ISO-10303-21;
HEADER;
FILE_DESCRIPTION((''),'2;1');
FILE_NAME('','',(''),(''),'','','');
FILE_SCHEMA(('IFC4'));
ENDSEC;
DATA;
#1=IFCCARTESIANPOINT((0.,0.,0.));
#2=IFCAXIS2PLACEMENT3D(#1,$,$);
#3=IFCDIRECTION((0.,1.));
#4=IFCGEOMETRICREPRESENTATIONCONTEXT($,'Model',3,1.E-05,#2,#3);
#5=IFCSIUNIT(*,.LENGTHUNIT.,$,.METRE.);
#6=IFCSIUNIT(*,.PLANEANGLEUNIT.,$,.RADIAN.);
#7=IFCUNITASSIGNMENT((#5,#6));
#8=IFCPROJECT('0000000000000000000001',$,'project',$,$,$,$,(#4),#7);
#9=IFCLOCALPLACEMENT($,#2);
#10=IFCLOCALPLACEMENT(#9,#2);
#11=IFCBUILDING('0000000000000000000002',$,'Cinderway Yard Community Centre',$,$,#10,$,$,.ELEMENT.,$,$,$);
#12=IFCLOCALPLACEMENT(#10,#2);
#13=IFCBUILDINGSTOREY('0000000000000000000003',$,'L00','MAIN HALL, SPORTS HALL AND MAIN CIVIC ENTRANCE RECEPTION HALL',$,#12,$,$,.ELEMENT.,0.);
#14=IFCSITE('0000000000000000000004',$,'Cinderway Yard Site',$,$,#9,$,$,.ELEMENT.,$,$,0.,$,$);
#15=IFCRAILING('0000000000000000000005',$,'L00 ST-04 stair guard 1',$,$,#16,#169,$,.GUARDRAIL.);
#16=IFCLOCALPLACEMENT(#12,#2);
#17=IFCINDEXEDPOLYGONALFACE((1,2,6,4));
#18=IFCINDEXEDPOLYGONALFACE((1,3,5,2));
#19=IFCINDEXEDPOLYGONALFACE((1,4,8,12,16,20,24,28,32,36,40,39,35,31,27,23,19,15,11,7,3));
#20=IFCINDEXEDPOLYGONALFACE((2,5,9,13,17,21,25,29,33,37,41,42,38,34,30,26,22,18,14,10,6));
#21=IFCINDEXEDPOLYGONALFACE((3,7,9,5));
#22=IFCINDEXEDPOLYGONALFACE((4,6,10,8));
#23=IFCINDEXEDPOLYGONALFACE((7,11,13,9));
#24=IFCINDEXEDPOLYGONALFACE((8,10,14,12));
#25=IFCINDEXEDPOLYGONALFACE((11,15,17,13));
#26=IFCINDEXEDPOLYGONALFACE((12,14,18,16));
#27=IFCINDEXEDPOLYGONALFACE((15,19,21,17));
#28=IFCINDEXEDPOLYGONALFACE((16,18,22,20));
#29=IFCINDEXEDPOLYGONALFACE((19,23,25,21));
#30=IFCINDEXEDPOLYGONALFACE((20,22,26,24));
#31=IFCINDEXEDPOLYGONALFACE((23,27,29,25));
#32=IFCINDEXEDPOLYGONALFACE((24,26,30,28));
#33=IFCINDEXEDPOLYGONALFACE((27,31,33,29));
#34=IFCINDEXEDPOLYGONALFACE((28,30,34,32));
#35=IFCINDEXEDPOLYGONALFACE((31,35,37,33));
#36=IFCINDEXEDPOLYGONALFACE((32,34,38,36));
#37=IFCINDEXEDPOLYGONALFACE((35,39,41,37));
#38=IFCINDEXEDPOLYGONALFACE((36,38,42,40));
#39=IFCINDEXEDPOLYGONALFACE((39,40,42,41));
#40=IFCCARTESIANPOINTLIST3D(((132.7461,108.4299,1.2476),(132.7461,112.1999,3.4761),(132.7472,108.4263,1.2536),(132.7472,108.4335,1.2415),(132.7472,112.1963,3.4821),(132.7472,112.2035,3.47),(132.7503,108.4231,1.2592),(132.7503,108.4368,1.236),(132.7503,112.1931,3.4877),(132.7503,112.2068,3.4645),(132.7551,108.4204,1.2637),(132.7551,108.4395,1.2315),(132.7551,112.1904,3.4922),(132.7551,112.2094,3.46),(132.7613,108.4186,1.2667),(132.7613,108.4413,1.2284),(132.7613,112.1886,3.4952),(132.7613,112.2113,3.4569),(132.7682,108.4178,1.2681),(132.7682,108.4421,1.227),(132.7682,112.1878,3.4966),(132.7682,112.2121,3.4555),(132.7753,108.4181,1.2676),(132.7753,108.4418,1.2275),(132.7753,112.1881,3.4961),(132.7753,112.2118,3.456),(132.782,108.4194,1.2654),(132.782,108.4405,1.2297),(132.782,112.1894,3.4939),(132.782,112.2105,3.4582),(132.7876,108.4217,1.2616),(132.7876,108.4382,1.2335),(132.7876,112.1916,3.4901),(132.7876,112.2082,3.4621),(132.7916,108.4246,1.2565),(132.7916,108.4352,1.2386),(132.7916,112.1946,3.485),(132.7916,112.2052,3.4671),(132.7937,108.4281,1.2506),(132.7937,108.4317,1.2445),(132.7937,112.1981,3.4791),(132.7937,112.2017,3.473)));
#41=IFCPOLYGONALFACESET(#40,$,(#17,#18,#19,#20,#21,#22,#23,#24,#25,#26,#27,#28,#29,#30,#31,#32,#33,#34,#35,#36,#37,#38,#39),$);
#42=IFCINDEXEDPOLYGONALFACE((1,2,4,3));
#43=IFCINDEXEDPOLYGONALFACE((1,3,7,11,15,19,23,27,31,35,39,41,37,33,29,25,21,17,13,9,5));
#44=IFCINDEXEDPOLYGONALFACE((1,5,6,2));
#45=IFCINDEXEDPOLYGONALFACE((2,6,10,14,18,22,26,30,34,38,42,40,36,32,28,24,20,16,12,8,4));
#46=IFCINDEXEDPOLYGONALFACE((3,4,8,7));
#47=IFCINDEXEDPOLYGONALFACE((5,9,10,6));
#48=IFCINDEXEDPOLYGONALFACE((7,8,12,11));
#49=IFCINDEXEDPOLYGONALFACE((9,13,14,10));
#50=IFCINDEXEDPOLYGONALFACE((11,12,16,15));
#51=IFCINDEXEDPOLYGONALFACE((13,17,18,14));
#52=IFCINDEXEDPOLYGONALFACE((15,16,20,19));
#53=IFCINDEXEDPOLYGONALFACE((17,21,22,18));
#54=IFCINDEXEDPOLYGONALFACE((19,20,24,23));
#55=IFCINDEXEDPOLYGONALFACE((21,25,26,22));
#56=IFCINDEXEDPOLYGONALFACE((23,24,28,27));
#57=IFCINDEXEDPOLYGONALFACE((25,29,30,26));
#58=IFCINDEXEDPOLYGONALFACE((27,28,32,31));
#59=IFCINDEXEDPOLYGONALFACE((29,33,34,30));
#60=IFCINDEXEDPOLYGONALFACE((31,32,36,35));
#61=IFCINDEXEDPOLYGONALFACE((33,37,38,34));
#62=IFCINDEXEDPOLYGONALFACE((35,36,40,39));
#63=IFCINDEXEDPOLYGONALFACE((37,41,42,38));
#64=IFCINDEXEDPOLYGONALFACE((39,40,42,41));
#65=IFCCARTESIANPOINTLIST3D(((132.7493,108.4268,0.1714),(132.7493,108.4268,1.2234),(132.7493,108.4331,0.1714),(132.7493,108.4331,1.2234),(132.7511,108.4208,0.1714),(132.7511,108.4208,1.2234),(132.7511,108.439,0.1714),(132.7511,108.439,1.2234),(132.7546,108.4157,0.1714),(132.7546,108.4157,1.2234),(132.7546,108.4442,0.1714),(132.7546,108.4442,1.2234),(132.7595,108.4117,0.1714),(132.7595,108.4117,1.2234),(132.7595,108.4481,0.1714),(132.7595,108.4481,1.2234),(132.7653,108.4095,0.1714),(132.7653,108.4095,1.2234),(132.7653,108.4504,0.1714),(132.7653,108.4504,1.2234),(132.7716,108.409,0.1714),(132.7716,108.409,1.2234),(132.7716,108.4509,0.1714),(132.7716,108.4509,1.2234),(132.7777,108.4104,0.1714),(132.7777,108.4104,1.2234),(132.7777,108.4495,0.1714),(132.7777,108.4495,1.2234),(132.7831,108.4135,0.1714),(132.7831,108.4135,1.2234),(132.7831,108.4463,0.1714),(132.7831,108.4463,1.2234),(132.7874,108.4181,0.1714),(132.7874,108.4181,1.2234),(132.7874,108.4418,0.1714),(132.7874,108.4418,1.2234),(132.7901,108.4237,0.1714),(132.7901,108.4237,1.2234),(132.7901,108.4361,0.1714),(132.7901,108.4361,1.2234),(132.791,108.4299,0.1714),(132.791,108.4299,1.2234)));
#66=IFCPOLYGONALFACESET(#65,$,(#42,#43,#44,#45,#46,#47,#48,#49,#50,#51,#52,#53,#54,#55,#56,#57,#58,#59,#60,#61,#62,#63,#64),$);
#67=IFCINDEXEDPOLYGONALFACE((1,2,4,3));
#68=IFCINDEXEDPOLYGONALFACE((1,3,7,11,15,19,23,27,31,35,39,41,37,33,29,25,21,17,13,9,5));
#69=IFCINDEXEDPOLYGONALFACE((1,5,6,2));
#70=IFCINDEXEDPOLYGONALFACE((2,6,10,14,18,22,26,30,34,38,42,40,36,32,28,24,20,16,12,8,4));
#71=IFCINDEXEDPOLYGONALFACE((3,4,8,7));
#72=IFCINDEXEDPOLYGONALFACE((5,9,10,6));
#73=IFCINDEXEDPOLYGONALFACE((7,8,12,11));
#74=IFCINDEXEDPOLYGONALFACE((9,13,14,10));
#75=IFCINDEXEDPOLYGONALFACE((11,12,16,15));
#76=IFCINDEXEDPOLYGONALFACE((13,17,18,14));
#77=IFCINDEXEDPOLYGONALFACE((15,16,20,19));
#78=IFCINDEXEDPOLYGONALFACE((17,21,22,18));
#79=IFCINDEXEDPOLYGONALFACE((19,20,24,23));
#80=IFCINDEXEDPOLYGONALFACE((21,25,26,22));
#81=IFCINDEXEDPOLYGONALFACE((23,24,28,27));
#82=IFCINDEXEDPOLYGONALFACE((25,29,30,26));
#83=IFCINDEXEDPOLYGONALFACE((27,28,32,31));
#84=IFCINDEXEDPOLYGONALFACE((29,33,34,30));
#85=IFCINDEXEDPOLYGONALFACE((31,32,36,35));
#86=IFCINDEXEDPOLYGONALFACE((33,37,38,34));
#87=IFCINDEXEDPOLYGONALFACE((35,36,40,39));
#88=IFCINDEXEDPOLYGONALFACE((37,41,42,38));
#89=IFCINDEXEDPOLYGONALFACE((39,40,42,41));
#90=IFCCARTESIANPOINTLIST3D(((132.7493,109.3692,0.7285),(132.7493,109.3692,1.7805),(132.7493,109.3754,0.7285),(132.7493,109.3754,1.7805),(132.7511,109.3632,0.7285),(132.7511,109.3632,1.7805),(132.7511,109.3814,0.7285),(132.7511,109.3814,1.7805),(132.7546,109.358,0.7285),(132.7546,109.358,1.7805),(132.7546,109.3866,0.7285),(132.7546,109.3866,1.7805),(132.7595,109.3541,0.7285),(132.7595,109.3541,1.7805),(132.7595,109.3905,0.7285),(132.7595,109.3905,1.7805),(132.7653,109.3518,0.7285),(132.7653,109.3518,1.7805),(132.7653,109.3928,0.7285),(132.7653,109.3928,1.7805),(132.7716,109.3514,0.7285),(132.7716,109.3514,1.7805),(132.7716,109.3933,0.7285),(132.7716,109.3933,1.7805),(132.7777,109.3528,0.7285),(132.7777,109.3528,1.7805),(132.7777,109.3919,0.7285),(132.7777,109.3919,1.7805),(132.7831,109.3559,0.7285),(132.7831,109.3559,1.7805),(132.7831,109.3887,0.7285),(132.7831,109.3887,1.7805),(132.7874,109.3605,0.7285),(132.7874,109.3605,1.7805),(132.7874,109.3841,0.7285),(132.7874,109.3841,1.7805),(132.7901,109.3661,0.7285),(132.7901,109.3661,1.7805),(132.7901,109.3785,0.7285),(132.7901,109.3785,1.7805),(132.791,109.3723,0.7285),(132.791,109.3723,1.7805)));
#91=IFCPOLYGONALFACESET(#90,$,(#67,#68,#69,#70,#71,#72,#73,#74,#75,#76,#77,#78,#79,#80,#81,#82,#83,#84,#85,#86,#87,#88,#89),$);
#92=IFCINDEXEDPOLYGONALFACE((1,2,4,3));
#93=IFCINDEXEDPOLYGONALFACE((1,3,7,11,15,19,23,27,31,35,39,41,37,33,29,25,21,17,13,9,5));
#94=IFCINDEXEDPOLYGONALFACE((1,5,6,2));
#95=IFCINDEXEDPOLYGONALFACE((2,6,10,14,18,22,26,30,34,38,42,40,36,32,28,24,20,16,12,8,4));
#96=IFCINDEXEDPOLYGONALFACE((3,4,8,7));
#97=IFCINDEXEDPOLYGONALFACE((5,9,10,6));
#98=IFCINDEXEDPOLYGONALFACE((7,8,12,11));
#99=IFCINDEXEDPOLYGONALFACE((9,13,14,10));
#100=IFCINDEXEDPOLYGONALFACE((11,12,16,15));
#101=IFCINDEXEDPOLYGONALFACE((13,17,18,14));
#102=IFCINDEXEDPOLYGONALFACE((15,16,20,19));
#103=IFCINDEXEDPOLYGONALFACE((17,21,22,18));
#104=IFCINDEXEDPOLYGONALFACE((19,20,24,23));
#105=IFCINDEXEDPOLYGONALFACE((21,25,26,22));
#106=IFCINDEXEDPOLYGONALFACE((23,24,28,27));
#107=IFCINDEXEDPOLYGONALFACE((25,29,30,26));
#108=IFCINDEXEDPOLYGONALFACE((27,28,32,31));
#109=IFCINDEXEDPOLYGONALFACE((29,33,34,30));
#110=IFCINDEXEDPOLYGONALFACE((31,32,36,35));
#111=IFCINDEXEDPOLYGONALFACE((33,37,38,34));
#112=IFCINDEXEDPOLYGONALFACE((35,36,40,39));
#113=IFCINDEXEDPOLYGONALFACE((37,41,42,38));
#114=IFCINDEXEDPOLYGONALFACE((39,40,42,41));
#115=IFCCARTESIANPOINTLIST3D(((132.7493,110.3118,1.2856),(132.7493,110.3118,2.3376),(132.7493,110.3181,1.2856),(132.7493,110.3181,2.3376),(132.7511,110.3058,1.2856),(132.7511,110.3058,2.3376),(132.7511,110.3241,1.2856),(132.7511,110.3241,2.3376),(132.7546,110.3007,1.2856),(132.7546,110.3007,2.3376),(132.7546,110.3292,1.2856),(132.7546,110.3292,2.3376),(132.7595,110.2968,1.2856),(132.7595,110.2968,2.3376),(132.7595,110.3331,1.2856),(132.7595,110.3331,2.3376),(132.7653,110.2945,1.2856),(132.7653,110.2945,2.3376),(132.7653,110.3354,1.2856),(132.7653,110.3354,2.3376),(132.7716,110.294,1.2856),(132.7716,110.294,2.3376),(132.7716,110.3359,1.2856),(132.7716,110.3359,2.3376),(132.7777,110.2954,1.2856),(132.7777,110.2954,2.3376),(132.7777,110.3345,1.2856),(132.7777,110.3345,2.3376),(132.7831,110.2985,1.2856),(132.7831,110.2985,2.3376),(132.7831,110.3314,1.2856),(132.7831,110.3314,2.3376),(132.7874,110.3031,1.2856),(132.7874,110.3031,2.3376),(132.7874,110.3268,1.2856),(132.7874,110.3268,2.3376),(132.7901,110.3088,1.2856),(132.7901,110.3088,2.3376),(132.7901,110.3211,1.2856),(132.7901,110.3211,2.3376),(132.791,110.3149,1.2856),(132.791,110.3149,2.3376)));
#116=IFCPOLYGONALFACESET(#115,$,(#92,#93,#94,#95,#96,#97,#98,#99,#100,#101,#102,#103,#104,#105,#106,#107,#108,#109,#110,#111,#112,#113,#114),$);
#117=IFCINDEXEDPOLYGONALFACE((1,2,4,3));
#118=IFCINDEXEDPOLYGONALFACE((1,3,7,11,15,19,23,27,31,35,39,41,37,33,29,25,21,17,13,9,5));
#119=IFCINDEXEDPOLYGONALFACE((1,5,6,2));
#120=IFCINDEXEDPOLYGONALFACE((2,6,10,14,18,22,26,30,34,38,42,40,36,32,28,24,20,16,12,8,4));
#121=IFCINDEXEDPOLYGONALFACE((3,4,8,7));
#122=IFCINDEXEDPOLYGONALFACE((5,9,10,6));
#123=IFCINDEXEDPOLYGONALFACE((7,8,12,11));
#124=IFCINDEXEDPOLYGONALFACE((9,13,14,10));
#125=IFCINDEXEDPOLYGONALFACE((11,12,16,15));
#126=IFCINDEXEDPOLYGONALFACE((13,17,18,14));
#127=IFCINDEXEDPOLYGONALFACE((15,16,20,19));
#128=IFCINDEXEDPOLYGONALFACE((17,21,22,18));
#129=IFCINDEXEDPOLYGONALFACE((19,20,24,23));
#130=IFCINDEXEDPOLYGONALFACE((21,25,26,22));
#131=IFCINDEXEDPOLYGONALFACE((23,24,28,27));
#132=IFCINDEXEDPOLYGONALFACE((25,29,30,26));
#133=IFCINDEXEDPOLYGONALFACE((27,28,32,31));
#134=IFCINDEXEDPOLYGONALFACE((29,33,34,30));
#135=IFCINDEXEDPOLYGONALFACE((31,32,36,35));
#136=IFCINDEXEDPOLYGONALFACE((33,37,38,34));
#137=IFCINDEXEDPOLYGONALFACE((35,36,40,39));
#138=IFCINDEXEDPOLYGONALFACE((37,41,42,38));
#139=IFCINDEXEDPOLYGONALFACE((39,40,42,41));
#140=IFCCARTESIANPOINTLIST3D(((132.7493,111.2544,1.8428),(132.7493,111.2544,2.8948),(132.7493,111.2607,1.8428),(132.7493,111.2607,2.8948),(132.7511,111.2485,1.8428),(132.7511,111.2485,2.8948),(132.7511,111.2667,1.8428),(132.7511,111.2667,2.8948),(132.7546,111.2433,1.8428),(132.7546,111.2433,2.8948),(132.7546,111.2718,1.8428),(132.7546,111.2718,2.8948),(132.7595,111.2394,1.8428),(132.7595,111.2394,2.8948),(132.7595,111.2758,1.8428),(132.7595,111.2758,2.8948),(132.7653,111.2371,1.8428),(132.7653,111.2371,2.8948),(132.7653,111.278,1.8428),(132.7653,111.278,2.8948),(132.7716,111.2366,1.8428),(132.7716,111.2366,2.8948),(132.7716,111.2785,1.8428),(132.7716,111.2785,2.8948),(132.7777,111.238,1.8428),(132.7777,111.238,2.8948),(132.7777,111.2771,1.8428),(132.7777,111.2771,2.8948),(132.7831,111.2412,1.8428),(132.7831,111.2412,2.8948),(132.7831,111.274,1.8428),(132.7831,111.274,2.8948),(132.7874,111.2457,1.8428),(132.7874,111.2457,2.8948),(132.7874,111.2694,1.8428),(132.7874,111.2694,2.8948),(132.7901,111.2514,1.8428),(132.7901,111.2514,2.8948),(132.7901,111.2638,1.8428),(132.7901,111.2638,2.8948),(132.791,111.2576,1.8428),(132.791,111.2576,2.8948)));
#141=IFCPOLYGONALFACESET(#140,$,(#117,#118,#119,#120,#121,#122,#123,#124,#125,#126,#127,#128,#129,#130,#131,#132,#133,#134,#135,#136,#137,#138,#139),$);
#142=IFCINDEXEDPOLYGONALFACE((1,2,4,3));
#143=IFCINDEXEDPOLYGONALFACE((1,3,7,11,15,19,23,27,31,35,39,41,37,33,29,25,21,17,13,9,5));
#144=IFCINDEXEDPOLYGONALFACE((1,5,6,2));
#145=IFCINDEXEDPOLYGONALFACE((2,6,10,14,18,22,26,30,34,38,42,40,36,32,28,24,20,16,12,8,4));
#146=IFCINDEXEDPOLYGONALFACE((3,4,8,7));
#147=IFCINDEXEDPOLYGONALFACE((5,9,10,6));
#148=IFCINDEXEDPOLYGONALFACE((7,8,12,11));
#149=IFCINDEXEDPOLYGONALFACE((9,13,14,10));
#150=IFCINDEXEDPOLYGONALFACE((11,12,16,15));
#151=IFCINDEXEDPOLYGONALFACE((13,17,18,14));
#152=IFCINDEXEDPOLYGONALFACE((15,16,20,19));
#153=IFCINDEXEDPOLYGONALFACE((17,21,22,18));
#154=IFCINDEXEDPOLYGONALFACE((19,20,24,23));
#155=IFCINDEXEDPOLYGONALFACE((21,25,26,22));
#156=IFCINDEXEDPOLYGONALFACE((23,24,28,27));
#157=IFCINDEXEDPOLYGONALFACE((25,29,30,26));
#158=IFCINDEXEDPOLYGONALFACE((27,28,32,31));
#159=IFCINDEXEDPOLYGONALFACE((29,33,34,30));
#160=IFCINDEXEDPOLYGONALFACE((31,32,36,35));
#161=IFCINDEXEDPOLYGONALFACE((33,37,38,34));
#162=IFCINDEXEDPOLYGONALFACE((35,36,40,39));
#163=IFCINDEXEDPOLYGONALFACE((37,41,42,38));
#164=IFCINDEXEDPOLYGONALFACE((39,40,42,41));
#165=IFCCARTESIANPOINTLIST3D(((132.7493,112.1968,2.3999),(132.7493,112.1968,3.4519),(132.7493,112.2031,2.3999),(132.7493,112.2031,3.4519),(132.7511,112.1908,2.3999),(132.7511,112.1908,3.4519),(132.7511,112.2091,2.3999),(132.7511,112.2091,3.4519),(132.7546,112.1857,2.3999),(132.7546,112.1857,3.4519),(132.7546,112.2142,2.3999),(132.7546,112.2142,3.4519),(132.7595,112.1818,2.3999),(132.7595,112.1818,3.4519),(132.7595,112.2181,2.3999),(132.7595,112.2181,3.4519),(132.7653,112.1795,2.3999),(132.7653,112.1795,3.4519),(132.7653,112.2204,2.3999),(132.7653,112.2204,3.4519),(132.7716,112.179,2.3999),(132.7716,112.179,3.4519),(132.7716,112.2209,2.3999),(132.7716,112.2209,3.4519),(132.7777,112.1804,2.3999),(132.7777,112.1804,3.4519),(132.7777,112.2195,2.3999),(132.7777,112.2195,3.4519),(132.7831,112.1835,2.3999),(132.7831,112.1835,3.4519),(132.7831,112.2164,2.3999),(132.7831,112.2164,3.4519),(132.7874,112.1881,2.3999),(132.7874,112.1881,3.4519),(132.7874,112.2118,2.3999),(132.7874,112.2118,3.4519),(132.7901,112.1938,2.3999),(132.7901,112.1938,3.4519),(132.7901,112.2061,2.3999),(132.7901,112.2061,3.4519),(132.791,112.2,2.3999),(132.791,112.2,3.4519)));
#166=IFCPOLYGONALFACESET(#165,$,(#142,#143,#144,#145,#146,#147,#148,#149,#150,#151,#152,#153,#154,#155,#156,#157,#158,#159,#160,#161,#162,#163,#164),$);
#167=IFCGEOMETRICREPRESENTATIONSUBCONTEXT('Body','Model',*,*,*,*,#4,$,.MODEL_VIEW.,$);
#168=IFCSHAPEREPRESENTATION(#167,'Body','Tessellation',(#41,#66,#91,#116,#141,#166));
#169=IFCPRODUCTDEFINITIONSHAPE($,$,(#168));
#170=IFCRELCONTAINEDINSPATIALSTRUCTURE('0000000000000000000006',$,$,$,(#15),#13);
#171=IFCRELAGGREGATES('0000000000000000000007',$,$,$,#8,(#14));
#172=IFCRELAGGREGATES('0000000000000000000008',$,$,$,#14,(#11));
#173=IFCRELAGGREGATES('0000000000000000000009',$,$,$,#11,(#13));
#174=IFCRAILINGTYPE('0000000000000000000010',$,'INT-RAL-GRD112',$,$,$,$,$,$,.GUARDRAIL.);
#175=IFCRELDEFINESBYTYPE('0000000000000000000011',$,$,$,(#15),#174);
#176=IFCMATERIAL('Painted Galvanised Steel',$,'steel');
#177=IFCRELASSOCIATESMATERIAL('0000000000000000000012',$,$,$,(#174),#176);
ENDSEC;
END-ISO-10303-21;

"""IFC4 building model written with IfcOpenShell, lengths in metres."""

from ifc_helpers import new_model, si_unit, direction, frame, origin, origin_2d, place, context, subcontext, project, spatial, circle, extrude, material, type_object, element, save


model = new_model("IFC4")

# Units and contexts
model_context = context("Model", 3, precision=1e-05, world=origin(), true_north=direction((0.0, 1.0)))
body_context = subcontext(model_context, "Body", "Model", "MODEL_VIEW")
ifc_project = project(units=[si_unit("LENGTHUNIT", "METRE"), si_unit("PLANEANGLEUNIT", "RADIAN")], contexts=[model_context])

# Site, building, storey
site_placement = place(None, origin())
site = spatial("IfcSite", under=ifc_project, at=site_placement, Name="Cinderway Yard Site", CompositionType="ELEMENT", RefElevation=0.0)
building_placement = place(site_placement, origin())
building = spatial("IfcBuilding", under=site, at=building_placement, Name="Cinderway Yard Community Centre", CompositionType="ELEMENT")
storey_placement = place(building_placement, origin())
storey = spatial("IfcBuildingStorey", under=building, at=storey_placement, Name="L00", Description="MAIN HALL, SPORTS HALL AND MAIN CIVIC ENTRANCE RECEPTION HALL", CompositionType="ELEMENT", Elevation=0.0)

# Shared definitions
ifc_material_1 = material(Name="Painted Galvanised Steel", Category="steel")

# Railing
railing_type_1 = type_object("IfcRailingType", Name="INT-RAL-GRD112", PredefinedType="GUARDRAIL", material=ifc_material_1)
railing_1_placement = place(storey_placement, frame((132.77, 108.4299, 0.1714)))
element("IfcRailing", 1, at=railing_1_placement, inside=storey, type_object=railing_type_1, Name="L00 ST-04 stair guard 1", PredefinedType="GUARDRAIL", context=body_context, shape_type="SweptSolid", body=[
    extrude(circle(Radius=0.0239, at=origin_2d()), frame((0.0, 0.0, 1.0762), z_axis=(0.0, 0.860849, 0.508861), x_axis=(-1.0, 0.0, 0.0)), (0.0, 0.0, 1.0), 4.3794),
    extrude(circle(Radius=0.021, at=origin_2d()), origin(), (0.0, 0.0, 1.0), 1.052),
    extrude(circle(Radius=0.021, at=origin_2d()), frame((0.0, 0.9424, 0.5571)), (0.0, 0.0, 1.0), 1.052),
    extrude(circle(Radius=0.021, at=origin_2d()), frame((0.0, 1.885, 1.1143)), (0.0, 0.0, 1.0), 1.052),
    extrude(circle(Radius=0.021, at=origin_2d()), frame((0.0, 2.8276, 1.6714)), (0.0, 0.0, 1.0), 1.052),
    extrude(circle(Radius=0.021, at=origin_2d()), frame((0.0, 3.77, 2.2285)), (0.0, 0.0, 1.0), 1.052),
])

save(model, "model.ifc")
